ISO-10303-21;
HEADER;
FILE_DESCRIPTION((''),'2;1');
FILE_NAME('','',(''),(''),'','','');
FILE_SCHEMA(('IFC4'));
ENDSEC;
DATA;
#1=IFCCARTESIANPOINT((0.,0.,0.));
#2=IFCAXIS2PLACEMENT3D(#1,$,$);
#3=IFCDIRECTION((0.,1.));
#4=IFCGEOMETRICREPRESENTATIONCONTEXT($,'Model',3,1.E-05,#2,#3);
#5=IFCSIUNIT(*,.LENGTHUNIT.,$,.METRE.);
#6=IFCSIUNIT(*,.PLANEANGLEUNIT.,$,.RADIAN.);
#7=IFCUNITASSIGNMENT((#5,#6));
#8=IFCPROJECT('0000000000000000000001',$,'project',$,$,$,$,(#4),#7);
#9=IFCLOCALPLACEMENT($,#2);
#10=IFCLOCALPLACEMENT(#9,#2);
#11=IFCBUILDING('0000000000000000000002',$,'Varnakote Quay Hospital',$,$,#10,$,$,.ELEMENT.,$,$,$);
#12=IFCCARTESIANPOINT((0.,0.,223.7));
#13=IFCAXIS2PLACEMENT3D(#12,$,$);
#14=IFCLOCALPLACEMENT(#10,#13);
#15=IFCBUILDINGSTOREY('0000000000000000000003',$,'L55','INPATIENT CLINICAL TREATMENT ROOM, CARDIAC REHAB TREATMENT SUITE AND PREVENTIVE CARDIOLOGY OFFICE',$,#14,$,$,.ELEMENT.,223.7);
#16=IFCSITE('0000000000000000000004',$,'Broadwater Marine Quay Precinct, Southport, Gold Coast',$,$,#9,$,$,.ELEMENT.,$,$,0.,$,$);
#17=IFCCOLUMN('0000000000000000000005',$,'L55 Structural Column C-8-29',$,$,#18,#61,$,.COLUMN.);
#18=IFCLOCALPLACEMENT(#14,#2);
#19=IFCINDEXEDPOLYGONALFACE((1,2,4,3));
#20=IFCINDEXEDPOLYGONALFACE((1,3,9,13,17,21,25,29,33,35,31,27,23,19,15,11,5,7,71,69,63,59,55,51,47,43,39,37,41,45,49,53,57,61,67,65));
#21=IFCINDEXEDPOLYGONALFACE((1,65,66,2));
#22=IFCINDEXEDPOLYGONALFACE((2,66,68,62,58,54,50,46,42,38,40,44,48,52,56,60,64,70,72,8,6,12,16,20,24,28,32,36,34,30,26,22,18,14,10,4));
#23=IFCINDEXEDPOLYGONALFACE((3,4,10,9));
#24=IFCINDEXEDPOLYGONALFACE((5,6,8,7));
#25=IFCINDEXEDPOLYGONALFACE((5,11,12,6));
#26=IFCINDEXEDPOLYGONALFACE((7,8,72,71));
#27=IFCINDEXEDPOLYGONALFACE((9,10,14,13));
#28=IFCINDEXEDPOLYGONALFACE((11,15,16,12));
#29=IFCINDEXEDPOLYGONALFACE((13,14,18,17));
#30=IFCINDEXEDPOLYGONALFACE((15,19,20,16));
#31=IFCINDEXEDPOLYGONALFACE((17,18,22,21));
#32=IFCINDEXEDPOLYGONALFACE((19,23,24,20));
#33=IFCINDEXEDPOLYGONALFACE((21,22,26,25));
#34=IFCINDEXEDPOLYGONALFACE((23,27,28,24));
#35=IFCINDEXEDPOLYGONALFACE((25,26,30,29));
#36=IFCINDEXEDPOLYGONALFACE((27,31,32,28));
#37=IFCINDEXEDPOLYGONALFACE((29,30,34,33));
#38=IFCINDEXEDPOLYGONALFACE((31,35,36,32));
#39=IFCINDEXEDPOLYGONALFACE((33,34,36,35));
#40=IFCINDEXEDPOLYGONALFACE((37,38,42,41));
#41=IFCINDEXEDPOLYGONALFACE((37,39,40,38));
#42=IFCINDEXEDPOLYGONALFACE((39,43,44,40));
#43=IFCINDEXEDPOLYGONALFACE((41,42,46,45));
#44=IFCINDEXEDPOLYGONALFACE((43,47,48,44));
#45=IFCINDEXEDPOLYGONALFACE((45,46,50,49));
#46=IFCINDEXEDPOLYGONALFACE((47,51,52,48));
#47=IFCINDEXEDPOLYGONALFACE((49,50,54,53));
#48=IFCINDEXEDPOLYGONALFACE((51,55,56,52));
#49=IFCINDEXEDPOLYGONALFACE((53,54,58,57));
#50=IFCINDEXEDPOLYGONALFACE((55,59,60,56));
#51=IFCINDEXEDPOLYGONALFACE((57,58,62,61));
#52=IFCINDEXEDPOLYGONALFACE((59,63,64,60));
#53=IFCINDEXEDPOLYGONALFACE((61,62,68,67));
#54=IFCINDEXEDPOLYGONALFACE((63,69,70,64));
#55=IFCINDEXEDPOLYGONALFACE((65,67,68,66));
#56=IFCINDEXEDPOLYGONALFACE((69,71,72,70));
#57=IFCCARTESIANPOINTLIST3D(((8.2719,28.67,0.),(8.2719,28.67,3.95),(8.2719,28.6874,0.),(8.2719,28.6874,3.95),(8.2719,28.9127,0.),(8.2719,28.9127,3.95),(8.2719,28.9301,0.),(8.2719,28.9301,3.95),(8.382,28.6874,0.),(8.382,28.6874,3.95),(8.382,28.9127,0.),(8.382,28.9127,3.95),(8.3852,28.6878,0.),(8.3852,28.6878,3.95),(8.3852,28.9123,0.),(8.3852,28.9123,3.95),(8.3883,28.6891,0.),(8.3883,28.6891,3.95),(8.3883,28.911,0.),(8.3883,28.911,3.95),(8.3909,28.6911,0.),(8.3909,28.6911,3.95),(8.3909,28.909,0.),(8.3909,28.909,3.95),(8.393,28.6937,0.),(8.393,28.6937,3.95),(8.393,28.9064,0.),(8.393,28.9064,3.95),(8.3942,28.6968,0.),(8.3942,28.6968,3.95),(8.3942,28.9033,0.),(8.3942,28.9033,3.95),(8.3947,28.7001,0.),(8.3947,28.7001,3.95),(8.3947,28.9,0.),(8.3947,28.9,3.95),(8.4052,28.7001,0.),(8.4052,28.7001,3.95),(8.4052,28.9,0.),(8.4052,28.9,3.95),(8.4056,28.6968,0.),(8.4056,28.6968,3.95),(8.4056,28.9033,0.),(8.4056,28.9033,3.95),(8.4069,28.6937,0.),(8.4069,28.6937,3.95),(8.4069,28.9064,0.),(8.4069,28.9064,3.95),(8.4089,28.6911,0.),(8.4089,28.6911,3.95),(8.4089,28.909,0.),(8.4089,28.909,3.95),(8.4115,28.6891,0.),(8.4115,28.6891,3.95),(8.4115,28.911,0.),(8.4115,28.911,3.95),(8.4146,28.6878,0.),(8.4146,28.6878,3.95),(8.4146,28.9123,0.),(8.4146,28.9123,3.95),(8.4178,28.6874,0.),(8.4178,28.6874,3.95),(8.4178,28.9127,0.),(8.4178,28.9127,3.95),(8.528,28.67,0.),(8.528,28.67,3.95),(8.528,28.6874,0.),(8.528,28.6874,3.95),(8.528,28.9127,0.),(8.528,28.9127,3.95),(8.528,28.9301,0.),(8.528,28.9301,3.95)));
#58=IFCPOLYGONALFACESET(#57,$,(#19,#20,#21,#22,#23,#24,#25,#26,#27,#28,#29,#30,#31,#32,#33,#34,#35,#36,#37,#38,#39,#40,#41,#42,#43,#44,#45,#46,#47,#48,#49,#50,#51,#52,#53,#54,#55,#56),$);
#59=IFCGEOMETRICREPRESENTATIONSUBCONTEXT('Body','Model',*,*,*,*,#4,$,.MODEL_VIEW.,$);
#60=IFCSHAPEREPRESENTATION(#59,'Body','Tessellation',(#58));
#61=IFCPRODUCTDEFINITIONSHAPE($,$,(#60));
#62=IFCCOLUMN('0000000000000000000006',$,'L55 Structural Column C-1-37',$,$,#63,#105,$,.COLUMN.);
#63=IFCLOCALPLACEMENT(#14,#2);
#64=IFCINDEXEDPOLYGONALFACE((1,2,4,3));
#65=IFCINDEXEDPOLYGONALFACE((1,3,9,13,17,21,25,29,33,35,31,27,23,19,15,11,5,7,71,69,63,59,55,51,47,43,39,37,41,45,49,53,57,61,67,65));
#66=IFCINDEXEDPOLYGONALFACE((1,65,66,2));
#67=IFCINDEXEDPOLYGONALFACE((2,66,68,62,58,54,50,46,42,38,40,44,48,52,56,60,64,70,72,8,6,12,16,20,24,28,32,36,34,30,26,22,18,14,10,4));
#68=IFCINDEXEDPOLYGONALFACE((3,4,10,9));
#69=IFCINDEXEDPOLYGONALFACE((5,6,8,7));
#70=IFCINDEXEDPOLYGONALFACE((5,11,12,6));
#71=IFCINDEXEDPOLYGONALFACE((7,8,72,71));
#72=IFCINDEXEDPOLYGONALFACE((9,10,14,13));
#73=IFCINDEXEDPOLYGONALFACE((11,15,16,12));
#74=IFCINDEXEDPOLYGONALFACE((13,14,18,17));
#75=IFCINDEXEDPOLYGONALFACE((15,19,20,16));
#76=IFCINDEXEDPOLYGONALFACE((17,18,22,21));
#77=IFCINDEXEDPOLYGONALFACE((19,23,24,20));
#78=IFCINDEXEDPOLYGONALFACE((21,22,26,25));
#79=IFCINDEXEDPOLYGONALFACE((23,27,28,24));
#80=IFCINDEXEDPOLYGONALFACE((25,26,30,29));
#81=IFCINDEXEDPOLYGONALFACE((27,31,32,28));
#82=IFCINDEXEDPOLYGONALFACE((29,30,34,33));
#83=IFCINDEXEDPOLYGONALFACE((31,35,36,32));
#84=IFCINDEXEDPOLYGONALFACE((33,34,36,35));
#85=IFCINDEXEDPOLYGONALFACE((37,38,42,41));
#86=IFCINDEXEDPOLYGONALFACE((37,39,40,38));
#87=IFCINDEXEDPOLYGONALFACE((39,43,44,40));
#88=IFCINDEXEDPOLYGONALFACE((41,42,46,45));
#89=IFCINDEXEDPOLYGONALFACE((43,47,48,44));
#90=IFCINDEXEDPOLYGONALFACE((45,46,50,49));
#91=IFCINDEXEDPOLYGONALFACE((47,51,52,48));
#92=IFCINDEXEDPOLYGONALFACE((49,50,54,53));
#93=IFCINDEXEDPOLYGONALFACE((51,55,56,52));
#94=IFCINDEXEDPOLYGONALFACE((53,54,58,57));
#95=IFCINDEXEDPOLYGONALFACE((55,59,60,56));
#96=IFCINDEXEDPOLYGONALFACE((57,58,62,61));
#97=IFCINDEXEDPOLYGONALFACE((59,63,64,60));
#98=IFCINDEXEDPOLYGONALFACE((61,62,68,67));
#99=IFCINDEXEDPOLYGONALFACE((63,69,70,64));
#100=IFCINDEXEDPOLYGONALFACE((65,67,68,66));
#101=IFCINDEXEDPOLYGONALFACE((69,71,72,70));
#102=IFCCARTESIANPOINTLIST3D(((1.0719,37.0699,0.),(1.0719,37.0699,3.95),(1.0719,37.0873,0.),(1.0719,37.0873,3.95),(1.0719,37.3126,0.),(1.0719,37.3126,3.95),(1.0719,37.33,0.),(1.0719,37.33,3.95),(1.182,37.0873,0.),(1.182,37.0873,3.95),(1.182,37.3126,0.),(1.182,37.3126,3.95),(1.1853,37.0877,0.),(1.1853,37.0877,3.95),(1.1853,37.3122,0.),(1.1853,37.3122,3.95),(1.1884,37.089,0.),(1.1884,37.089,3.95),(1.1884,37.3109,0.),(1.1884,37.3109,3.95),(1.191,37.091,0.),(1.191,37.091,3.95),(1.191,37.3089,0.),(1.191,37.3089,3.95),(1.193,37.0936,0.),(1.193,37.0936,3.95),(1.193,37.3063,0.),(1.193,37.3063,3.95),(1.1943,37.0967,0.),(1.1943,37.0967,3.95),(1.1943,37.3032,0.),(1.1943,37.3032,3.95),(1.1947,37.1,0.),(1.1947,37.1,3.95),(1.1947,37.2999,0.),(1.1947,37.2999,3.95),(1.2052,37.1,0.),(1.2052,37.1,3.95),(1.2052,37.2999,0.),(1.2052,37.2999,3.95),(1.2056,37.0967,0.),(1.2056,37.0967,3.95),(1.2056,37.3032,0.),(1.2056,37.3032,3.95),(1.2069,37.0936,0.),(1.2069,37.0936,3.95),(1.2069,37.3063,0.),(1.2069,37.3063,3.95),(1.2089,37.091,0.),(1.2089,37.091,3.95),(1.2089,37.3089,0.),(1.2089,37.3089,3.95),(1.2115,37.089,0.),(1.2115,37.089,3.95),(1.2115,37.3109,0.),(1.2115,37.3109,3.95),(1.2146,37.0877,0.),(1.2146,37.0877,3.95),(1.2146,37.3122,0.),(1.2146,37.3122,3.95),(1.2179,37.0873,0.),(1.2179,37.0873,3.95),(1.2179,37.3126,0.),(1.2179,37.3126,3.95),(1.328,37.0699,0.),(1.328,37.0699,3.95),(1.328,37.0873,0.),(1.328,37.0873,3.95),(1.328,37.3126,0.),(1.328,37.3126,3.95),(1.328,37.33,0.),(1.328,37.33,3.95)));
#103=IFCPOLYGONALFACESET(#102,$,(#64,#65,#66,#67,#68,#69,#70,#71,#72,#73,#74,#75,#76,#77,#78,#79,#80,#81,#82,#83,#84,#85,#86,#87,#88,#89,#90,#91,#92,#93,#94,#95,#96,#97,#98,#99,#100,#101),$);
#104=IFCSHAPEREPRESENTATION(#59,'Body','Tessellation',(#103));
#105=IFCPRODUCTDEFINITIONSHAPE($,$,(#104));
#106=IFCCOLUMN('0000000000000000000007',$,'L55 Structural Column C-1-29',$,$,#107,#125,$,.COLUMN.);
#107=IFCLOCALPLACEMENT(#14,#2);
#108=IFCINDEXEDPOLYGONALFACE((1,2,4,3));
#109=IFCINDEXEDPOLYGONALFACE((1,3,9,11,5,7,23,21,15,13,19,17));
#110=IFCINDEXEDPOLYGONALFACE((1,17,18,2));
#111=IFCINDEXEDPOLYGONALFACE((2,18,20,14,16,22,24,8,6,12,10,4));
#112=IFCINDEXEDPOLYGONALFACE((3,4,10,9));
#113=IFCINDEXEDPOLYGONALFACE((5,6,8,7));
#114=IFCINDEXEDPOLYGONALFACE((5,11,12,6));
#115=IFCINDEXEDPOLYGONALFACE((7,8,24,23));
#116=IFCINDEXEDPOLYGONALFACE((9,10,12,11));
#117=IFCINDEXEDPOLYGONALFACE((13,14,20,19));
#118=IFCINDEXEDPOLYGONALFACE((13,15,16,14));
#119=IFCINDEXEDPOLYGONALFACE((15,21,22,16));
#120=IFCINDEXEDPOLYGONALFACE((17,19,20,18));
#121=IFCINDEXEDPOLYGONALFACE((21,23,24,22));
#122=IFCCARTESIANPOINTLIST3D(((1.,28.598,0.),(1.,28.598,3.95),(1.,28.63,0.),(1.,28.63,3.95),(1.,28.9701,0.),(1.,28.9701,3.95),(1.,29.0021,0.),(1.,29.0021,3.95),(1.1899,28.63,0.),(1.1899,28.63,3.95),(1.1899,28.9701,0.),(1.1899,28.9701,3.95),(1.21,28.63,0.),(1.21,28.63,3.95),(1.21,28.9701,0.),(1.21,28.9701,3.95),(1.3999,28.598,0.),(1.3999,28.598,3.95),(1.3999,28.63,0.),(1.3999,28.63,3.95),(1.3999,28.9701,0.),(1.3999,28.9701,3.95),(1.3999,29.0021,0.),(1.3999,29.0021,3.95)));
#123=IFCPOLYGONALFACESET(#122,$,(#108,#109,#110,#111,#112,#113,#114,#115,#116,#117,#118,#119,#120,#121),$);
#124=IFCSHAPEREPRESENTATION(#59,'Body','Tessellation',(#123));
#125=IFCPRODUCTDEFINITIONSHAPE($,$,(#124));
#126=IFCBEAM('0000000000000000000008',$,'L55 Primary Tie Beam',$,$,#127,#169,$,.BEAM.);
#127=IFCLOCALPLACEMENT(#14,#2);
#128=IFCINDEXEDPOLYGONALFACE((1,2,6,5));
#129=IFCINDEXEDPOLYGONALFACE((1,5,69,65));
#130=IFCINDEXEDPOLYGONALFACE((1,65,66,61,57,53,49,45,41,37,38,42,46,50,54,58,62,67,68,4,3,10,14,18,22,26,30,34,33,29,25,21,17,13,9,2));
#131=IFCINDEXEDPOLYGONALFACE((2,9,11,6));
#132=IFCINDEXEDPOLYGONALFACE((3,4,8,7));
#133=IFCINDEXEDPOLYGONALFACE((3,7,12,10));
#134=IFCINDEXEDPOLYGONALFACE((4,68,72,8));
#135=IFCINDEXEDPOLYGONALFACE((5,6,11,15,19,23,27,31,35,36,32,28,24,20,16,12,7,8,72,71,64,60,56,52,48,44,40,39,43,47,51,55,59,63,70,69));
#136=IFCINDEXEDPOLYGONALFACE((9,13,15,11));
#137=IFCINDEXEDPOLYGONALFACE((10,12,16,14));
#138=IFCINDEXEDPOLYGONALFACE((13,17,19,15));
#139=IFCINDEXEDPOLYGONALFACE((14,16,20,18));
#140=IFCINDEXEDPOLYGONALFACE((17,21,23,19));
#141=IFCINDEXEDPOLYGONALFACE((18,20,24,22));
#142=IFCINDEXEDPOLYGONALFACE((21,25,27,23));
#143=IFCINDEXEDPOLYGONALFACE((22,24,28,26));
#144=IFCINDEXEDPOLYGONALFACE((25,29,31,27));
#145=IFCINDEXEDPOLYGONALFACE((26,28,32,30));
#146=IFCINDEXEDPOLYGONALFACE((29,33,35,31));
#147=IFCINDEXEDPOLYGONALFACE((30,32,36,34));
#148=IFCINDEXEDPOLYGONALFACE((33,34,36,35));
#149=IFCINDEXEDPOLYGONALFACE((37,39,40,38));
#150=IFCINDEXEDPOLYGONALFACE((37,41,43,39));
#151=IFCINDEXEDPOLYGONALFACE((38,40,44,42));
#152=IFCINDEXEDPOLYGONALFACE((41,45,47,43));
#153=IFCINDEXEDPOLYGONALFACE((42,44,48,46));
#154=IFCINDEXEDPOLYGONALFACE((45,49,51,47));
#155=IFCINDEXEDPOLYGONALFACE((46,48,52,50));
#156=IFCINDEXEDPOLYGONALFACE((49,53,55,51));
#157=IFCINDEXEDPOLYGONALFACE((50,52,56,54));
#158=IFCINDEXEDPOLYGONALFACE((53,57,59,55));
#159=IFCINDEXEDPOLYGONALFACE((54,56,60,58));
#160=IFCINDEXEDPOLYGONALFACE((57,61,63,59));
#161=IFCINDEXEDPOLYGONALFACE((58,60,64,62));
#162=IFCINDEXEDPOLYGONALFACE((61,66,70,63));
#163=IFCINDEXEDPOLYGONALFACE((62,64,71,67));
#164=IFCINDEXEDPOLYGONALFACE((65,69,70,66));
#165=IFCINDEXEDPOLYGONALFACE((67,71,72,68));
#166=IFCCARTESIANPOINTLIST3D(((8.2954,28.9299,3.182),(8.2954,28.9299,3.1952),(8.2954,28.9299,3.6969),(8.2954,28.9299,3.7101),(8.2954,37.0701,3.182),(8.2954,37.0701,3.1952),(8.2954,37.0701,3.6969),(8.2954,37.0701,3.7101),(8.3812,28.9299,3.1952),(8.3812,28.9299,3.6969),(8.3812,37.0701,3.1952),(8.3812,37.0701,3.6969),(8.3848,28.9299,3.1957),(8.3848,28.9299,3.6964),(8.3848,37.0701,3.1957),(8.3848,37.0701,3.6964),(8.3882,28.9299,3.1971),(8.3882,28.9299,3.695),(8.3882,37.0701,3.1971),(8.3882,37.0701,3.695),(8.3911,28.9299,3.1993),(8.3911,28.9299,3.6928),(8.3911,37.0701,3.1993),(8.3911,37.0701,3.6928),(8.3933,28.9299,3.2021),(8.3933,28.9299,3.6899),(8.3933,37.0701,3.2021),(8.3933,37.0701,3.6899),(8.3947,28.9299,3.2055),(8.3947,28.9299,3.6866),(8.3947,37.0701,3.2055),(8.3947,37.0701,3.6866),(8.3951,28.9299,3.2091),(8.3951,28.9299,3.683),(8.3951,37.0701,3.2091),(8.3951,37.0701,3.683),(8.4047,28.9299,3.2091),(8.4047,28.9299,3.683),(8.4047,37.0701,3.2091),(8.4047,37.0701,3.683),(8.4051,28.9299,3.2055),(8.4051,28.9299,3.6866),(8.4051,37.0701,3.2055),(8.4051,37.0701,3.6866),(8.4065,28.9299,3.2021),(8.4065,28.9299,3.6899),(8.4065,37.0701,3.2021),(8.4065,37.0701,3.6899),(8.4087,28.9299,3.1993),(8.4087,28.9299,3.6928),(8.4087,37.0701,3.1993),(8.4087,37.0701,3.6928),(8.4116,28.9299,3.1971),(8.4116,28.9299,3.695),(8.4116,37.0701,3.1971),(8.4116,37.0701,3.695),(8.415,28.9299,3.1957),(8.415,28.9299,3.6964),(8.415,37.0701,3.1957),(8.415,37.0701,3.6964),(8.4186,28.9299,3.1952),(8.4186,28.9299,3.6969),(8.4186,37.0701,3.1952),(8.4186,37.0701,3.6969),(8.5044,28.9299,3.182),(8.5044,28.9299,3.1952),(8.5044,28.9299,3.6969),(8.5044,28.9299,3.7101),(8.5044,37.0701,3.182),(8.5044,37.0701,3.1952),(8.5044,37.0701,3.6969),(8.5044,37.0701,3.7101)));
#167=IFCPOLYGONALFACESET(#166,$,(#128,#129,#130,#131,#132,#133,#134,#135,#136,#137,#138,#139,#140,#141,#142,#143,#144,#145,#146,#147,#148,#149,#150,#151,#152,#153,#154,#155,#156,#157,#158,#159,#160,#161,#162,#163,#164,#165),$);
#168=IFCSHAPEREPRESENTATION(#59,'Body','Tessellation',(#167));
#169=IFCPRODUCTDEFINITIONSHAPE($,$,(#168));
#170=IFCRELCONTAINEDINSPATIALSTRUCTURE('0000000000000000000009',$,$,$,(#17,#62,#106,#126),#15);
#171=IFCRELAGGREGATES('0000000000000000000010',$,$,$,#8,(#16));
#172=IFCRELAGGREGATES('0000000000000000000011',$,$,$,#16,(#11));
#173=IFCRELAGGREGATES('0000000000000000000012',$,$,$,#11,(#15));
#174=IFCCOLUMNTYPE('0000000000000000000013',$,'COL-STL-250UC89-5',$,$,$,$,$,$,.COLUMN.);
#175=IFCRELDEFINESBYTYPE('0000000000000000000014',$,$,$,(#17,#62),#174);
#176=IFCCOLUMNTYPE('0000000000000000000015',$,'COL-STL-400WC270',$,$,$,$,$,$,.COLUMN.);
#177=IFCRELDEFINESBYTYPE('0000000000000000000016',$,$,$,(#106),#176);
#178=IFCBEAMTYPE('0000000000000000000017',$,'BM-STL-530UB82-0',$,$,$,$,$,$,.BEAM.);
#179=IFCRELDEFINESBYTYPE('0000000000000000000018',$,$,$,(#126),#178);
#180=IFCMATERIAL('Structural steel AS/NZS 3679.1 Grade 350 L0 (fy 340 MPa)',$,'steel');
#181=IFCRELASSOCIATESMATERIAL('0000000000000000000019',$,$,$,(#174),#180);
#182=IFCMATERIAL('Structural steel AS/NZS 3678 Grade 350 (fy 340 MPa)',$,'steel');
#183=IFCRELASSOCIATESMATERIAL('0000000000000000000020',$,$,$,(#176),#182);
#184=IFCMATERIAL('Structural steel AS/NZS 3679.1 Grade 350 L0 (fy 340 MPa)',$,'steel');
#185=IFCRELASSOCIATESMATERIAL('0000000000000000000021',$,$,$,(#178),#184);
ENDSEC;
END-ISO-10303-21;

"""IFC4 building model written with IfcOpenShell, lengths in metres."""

from ifc_helpers import new_model, si_unit, direction, frame, origin, origin_2d, place, context, subcontext, project, spatial, i_section, extrude, material, material_profile, profile_set, type_object, element, save


model = new_model("IFC4")

# Units and contexts
model_context = context("Model", 3, precision=1e-05, world=origin(), true_north=direction((0.0, 1.0)))
body_context = subcontext(model_context, "Body", "Model", "MODEL_VIEW")
ifc_project = project(units=[si_unit("LENGTHUNIT", "METRE"), si_unit("PLANEANGLEUNIT", "RADIAN")], contexts=[model_context])

# Site, building, storey
site_placement = place(None, origin())
site = spatial("IfcSite", under=ifc_project, at=site_placement, Name="Broadwater Marine Quay Precinct, Southport, Gold Coast", CompositionType="ELEMENT", RefElevation=0.0)
building_placement = place(site_placement, origin())
building = spatial("IfcBuilding", under=site, at=building_placement, Name="Varnakote Quay Hospital", CompositionType="ELEMENT")
storey_placement = place(building_placement, frame((0.0, 0.0, 223.7)))
storey = spatial("IfcBuildingStorey", under=building, at=storey_placement, Name="L55", Description="INPATIENT CLINICAL TREATMENT ROOM, CARDIAC REHAB TREATMENT SUITE AND PREVENTIVE CARDIOLOGY OFFICE", CompositionType="ELEMENT", Elevation=223.7)

# Columns
ifc_material_1 = material(Name="Structural steel AS/NZS 3679.1 Grade 350 L0 (fy 340 MPa)", Category="steel")
ifc_material_profile_1 = material_profile(ifc_material_1, i_section(OverallWidth=0.2561, OverallDepth=0.26, WebThickness=0.0105, FlangeThickness=0.0173, FilletRadius=0.0127, at=origin_2d()), Name="250UC89.5")
ifc_profile_set_1 = profile_set([ifc_material_profile_1], Name="Structural steel AS/NZS 3679.1 Grade 350 L0 (fy 340 MPa)")
column_type_1 = type_object("IfcColumnType", Name="COL-STL-250UC89-5", PredefinedType="COLUMN", material=ifc_profile_set_1)
for number, where, z_axis, x_axis, name in (
    (1, (8.3999, 28.8, 0.0), (0.0, 0.0, 1.0), (1.0, 0.0, 0.0), "L55 Structural Column C-8-29"),
    (2, (1.2, 37.2, 0.0), (0.0, 0.0, 1.0), (1.0, 0.0, 0.0), "L55 Structural Column C-1-37"),
):
    element("IfcColumn", number, at=place(storey_placement, frame(where, z_axis=z_axis, x_axis=x_axis)), inside=storey, type_object=column_type_1, Name=name, PredefinedType="COLUMN", context=body_context, shape_type="SweptSolid", body=[
        extrude(i_section(OverallWidth=0.2561, OverallDepth=0.26, WebThickness=0.0105, FlangeThickness=0.0173, FilletRadius=0.0127, at=origin_2d()), origin(), (0.0, 0.0, 1.0), 3.95),
    ])
ifc_material_2 = material(Name="Structural steel AS/NZS 3678 Grade 350 (fy 340 MPa)", Category="steel")
ifc_material_profile_2 = material_profile(ifc_material_2, i_section(OverallWidth=0.3999, OverallDepth=0.4041, WebThickness=0.02, FlangeThickness=0.032, at=origin_2d()), Name="400WC270")
ifc_profile_set_2 = profile_set([ifc_material_profile_2], Name="Structural steel AS/NZS 3678 Grade 350 (fy 340 MPa)")
column_type_2 = type_object("IfcColumnType", Name="COL-STL-400WC270", PredefinedType="COLUMN", material=ifc_profile_set_2)
column_placement = place(storey_placement, frame((1.2, 28.8, 0.0), z_axis=(0.0, 0.0, 1.0), x_axis=(1.0, 0.0, 0.0)))
element("IfcColumn", 3, at=column_placement, inside=storey, type_object=column_type_2, Name="L55 Structural Column C-1-29", PredefinedType="COLUMN", context=body_context, shape_type="SweptSolid", body=[
    extrude(i_section(OverallWidth=0.3999, OverallDepth=0.4041, WebThickness=0.02, FlangeThickness=0.032, at=origin_2d()), origin(), (0.0, 0.0, 1.0), 3.95),
])

# Beam
ifc_material_3 = material(Name="Structural steel AS/NZS 3679.1 Grade 350 L0 (fy 340 MPa)", Category="steel")
ifc_material_profile_3 = material_profile(ifc_material_3, i_section(OverallWidth=0.209, OverallDepth=0.5281, WebThickness=0.0095, FlangeThickness=0.0132, FilletRadius=0.0139, at=origin_2d()), Name="530UB82.0")
ifc_profile_set_3 = profile_set([ifc_material_profile_3], Name="Structural steel AS/NZS 3679.1 Grade 350 L0 (fy 340 MPa)")
beam_type_1 = type_object("IfcBeamType", Name="BM-STL-530UB82-0", PredefinedType="BEAM", material=ifc_profile_set_3)
beam_1_placement = place(storey_placement, frame((8.3999, 28.9299, 3.446), z_axis=(0.0, 1.0, 0.0), x_axis=(-1.0, 0.0, 0.0)))
element("IfcBeam", 4, at=beam_1_placement, inside=storey, type_object=beam_type_1, Name="L55 Primary Tie Beam", PredefinedType="BEAM", context=body_context, shape_type="SweptSolid", body=[
    extrude(i_section(OverallWidth=0.209, OverallDepth=0.5281, WebThickness=0.0095, FlangeThickness=0.0132, FilletRadius=0.0139, at=origin_2d()), origin(), (0.0, 0.0, 1.0), 8.1401),
])

save(model, "model.ifc")
